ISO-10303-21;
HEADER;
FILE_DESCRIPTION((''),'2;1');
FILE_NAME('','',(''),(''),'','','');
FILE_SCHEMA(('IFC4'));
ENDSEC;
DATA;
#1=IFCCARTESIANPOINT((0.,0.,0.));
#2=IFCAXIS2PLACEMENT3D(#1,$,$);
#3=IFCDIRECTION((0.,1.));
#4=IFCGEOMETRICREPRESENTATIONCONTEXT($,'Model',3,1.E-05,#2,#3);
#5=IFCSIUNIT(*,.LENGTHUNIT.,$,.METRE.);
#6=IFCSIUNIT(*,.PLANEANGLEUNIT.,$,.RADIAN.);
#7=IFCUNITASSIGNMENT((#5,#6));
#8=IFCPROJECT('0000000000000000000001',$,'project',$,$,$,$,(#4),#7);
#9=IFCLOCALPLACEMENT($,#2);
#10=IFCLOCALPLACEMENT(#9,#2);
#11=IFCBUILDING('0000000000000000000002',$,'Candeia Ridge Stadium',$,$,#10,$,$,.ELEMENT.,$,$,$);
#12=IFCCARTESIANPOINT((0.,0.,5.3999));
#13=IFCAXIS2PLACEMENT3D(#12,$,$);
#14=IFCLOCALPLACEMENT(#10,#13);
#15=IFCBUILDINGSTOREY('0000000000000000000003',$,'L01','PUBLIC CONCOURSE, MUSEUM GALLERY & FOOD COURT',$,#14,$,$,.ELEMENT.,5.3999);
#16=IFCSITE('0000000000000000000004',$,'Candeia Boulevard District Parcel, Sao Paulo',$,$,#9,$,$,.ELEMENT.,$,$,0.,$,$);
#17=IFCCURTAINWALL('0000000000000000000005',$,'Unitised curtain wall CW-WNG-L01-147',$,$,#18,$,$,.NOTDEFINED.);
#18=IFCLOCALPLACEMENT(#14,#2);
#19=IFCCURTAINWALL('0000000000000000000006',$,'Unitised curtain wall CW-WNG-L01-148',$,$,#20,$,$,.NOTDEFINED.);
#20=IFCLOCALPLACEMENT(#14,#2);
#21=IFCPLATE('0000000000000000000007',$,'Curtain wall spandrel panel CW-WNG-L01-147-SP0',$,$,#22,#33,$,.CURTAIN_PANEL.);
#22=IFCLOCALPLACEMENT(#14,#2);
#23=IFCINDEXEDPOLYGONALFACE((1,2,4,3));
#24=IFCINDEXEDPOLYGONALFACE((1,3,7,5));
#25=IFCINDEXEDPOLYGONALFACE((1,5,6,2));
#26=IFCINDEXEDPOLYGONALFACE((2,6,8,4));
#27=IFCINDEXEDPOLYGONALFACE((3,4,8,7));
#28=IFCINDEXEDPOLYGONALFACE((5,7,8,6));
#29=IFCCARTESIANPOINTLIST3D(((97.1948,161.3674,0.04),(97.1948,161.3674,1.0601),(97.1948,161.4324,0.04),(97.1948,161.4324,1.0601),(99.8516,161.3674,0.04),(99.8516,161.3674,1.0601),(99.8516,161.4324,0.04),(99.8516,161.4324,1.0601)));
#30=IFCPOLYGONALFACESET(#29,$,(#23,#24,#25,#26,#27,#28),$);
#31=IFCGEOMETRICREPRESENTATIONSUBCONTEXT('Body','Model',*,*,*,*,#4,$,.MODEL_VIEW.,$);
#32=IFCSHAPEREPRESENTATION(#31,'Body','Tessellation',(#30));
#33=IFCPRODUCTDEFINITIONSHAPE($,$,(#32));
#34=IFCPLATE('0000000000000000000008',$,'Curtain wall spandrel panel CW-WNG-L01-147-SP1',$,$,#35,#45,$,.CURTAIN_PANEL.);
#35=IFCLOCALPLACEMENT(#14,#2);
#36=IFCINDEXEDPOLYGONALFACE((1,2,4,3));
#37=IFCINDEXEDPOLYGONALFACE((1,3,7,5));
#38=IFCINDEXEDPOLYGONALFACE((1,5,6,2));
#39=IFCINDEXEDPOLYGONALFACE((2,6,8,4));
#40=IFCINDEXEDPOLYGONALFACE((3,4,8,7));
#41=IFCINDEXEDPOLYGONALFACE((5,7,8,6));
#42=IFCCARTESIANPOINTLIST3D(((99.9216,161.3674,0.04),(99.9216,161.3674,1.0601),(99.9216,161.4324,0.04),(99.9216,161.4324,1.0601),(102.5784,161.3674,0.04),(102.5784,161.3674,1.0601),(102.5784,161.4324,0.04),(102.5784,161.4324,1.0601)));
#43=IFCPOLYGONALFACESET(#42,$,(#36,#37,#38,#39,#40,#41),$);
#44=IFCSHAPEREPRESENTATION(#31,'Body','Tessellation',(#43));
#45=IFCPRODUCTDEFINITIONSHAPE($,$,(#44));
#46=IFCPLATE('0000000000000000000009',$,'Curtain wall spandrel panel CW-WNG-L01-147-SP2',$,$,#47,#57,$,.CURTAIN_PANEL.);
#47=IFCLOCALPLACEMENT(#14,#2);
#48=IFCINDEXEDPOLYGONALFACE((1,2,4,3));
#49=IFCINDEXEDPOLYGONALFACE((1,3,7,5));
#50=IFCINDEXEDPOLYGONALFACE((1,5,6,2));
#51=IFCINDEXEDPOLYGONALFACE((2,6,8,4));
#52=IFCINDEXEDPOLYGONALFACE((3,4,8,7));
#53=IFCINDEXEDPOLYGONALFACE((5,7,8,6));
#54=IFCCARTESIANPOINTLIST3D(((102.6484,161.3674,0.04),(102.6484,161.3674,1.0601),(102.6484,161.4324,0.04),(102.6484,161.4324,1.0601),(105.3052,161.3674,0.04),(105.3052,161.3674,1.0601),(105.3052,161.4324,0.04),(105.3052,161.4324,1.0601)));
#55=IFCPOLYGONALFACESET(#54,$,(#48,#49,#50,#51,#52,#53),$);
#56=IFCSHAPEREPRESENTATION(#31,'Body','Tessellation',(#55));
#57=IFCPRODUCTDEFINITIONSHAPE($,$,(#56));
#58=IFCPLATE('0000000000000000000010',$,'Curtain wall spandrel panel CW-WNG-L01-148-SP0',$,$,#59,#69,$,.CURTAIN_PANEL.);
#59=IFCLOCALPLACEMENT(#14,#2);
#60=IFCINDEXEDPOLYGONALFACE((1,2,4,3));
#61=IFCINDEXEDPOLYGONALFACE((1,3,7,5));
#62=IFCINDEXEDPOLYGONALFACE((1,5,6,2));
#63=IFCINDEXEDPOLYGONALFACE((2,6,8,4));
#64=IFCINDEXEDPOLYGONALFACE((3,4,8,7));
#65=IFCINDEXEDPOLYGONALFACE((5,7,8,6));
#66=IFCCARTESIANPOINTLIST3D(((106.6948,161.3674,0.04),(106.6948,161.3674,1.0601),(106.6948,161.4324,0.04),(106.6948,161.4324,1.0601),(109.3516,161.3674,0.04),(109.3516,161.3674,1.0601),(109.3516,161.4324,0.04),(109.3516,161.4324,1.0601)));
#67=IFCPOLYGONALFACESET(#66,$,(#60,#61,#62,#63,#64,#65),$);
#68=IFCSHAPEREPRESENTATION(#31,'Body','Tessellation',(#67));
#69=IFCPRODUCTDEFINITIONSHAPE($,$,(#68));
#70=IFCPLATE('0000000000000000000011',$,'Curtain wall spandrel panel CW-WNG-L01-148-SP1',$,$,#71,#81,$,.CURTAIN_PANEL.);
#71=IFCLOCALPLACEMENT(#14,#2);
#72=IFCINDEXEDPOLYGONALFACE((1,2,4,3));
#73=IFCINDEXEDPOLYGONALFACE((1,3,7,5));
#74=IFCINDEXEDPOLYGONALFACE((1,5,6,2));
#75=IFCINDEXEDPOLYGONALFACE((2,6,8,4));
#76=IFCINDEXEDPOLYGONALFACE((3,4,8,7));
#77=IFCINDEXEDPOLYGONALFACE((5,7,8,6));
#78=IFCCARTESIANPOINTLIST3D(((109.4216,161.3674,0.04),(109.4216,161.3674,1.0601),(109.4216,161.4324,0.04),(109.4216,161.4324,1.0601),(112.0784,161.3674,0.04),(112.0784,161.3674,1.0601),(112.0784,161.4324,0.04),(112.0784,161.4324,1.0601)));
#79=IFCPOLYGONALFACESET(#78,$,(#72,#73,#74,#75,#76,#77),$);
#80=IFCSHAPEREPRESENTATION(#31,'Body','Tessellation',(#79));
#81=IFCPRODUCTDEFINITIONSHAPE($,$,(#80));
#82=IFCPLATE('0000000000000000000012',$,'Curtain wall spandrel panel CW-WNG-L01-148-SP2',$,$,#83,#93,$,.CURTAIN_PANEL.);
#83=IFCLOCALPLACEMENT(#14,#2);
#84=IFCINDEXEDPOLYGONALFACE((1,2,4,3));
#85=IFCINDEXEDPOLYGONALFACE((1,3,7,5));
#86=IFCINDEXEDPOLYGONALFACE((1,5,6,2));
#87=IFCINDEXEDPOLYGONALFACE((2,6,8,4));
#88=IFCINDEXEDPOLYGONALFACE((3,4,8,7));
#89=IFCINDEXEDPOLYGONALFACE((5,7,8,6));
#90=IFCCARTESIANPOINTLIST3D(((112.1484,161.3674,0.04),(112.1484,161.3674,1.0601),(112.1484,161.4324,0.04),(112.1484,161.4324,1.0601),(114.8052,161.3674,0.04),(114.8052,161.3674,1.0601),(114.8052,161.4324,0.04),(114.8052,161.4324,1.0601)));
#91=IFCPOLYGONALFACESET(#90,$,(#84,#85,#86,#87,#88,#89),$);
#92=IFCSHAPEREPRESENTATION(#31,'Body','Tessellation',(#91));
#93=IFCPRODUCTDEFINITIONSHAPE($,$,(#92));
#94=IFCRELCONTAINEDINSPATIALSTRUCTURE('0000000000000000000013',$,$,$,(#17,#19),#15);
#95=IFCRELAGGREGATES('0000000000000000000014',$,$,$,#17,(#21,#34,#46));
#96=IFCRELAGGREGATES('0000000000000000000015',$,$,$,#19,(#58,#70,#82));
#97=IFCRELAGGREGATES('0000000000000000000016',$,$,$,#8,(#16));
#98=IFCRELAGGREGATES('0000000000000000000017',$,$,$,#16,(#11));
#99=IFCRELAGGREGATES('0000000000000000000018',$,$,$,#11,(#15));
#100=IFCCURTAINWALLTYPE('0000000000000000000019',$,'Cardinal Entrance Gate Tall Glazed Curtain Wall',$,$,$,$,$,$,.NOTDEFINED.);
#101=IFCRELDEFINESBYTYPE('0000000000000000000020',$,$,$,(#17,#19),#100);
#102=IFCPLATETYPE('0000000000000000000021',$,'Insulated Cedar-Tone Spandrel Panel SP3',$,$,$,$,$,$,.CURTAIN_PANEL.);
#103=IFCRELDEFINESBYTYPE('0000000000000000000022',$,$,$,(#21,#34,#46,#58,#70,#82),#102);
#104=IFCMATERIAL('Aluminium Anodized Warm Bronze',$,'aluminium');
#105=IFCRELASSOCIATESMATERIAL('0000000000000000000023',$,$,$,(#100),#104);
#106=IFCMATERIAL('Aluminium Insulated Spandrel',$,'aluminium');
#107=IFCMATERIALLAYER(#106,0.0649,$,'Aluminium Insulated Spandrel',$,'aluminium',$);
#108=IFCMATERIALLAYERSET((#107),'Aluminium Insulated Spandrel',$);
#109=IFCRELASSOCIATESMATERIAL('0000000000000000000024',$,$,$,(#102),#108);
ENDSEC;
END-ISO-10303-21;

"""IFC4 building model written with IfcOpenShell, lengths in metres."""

from ifc_helpers import new_model, si_unit, direction, frame, origin, origin_2d, place, context, subcontext, project, spatial, rectangle, extrude, material, layer, layer_set, type_object, element, aggregate, save


model = new_model("IFC4")

# Units and contexts
model_context = context("Model", 3, precision=1e-05, world=origin(), true_north=direction((0.0, 1.0)))
body_context = subcontext(model_context, "Body", "Model", "MODEL_VIEW")
ifc_project = project(units=[si_unit("LENGTHUNIT", "METRE"), si_unit("PLANEANGLEUNIT", "RADIAN")], contexts=[model_context])

# Site, building, storey
site_placement = place(None, origin())
site = spatial("IfcSite", under=ifc_project, at=site_placement, Name="Candeia Boulevard District Parcel, Sao Paulo", CompositionType="ELEMENT", RefElevation=0.0)
building_placement = place(site_placement, origin())
building = spatial("IfcBuilding", under=site, at=building_placement, Name="Candeia Ridge Stadium", CompositionType="ELEMENT")
storey_placement = place(building_placement, frame((0.0, 0.0, 5.3999)))
storey = spatial("IfcBuildingStorey", under=building, at=storey_placement, Name="L01", Description="PUBLIC CONCOURSE, MUSEUM GALLERY & FOOD COURT", CompositionType="ELEMENT", Elevation=5.3999)

# Curtain walls
ifc_material_1 = material(Name="Aluminium Anodized Warm Bronze", Category="aluminium")
curtain_wall_type = type_object("IfcCurtainWallType", Name="Cardinal Entrance Gate Tall Glazed Curtain Wall", PredefinedType="NOTDEFINED", material=ifc_material_1)
curtain_wall_1_placement = place(storey_placement, origin())
curtain_wall_1 = element("IfcCurtainWall", 1, at=curtain_wall_1_placement, inside=storey, type_object=curtain_wall_type, Name="Unitised curtain wall CW-WNG-L01-147", PredefinedType="NOTDEFINED")
curtain_wall_2_placement = place(storey_placement, origin())
curtain_wall_2 = element("IfcCurtainWall", 2, at=curtain_wall_2_placement, inside=storey, type_object=curtain_wall_type, Name="Unitised curtain wall CW-WNG-L01-148", PredefinedType="NOTDEFINED")

# Plates
ifc_material_2 = material(Name="Aluminium Insulated Spandrel", Category="aluminium")
ifc_layer_1 = layer(ifc_material_2, 0.0649, Name="Aluminium Insulated Spandrel", Category="aluminium")
ifc_layer_set_1 = layer_set([ifc_layer_1], Name="Aluminium Insulated Spandrel")
plate_type_1 = type_object("IfcPlateType", Name="Insulated Cedar-Tone Spandrel Panel SP3", PredefinedType="CURTAIN_PANEL", material=ifc_layer_set_1)
plate_1_placement = place(storey_placement, frame((98.5232, 161.3999, 0.04), z_axis=(0.0, 0.0, 1.0), x_axis=(1.0, 0.0, 0.0)))
plate_1 = element("IfcPlate", 3, at=plate_1_placement, type_object=plate_type_1, Name="Curtain wall spandrel panel CW-WNG-L01-147-SP0", PredefinedType="CURTAIN_PANEL", context=body_context, shape_type="SweptSolid", body=[
    extrude(rectangle(XDim=2.6567, YDim=0.0649, at=origin_2d()), origin(), (0.0, 0.0, 1.0), 1.02),
])
plate_2_placement = place(storey_placement, frame((101.25, 161.3999, 0.04), z_axis=(0.0, 0.0, 1.0), x_axis=(1.0, 0.0, 0.0)))
plate_2 = element("IfcPlate", 4, at=plate_2_placement, type_object=plate_type_1, Name="Curtain wall spandrel panel CW-WNG-L01-147-SP1", PredefinedType="CURTAIN_PANEL", context=body_context, shape_type="SweptSolid", body=[
    extrude(rectangle(XDim=2.6567, YDim=0.0649, at=origin_2d()), origin(), (0.0, 0.0, 1.0), 1.02),
])
plate_3_placement = place(storey_placement, frame((103.9768, 161.3999, 0.04), z_axis=(0.0, 0.0, 1.0), x_axis=(1.0, 0.0, 0.0)))
plate_3 = element("IfcPlate", 5, at=plate_3_placement, type_object=plate_type_1, Name="Curtain wall spandrel panel CW-WNG-L01-147-SP2", PredefinedType="CURTAIN_PANEL", context=body_context, shape_type="SweptSolid", body=[
    extrude(rectangle(XDim=2.6567, YDim=0.0649, at=origin_2d()), origin(), (0.0, 0.0, 1.0), 1.02),
])
aggregate(curtain_wall_1, [plate_1, plate_2, plate_3])
plate_4_placement = place(storey_placement, frame((108.0232, 161.3999, 0.04), z_axis=(0.0, 0.0, 1.0), x_axis=(1.0, 0.0, 0.0)))
plate_4 = element("IfcPlate", 6, at=plate_4_placement, type_object=plate_type_1, Name="Curtain wall spandrel panel CW-WNG-L01-148-SP0", PredefinedType="CURTAIN_PANEL", context=body_context, shape_type="SweptSolid", body=[
    extrude(rectangle(XDim=2.6567, YDim=0.0649, at=origin_2d()), origin(), (0.0, 0.0, 1.0), 1.02),
])
plate_5_placement = place(storey_placement, frame((110.75, 161.3999, 0.04), z_axis=(0.0, 0.0, 1.0), x_axis=(1.0, 0.0, 0.0)))
plate_5 = element("IfcPlate", 7, at=plate_5_placement, type_object=plate_type_1, Name="Curtain wall spandrel panel CW-WNG-L01-148-SP1", PredefinedType="CURTAIN_PANEL", context=body_context, shape_type="SweptSolid", body=[
    extrude(rectangle(XDim=2.6567, YDim=0.0649, at=origin_2d()), origin(), (0.0, 0.0, 1.0), 1.02),
])
plate_6_placement = place(storey_placement, frame((113.4768, 161.3999, 0.04), z_axis=(0.0, 0.0, 1.0), x_axis=(1.0, 0.0, 0.0)))
plate_6 = element("IfcPlate", 8, at=plate_6_placement, type_object=plate_type_1, Name="Curtain wall spandrel panel CW-WNG-L01-148-SP2", PredefinedType="CURTAIN_PANEL", context=body_context, shape_type="SweptSolid", body=[
    extrude(rectangle(XDim=2.6567, YDim=0.0649, at=origin_2d()), origin(), (0.0, 0.0, 1.0), 1.02),
])
aggregate(curtain_wall_2, [plate_4, plate_5, plate_6])

save(model, "model.ifc")
